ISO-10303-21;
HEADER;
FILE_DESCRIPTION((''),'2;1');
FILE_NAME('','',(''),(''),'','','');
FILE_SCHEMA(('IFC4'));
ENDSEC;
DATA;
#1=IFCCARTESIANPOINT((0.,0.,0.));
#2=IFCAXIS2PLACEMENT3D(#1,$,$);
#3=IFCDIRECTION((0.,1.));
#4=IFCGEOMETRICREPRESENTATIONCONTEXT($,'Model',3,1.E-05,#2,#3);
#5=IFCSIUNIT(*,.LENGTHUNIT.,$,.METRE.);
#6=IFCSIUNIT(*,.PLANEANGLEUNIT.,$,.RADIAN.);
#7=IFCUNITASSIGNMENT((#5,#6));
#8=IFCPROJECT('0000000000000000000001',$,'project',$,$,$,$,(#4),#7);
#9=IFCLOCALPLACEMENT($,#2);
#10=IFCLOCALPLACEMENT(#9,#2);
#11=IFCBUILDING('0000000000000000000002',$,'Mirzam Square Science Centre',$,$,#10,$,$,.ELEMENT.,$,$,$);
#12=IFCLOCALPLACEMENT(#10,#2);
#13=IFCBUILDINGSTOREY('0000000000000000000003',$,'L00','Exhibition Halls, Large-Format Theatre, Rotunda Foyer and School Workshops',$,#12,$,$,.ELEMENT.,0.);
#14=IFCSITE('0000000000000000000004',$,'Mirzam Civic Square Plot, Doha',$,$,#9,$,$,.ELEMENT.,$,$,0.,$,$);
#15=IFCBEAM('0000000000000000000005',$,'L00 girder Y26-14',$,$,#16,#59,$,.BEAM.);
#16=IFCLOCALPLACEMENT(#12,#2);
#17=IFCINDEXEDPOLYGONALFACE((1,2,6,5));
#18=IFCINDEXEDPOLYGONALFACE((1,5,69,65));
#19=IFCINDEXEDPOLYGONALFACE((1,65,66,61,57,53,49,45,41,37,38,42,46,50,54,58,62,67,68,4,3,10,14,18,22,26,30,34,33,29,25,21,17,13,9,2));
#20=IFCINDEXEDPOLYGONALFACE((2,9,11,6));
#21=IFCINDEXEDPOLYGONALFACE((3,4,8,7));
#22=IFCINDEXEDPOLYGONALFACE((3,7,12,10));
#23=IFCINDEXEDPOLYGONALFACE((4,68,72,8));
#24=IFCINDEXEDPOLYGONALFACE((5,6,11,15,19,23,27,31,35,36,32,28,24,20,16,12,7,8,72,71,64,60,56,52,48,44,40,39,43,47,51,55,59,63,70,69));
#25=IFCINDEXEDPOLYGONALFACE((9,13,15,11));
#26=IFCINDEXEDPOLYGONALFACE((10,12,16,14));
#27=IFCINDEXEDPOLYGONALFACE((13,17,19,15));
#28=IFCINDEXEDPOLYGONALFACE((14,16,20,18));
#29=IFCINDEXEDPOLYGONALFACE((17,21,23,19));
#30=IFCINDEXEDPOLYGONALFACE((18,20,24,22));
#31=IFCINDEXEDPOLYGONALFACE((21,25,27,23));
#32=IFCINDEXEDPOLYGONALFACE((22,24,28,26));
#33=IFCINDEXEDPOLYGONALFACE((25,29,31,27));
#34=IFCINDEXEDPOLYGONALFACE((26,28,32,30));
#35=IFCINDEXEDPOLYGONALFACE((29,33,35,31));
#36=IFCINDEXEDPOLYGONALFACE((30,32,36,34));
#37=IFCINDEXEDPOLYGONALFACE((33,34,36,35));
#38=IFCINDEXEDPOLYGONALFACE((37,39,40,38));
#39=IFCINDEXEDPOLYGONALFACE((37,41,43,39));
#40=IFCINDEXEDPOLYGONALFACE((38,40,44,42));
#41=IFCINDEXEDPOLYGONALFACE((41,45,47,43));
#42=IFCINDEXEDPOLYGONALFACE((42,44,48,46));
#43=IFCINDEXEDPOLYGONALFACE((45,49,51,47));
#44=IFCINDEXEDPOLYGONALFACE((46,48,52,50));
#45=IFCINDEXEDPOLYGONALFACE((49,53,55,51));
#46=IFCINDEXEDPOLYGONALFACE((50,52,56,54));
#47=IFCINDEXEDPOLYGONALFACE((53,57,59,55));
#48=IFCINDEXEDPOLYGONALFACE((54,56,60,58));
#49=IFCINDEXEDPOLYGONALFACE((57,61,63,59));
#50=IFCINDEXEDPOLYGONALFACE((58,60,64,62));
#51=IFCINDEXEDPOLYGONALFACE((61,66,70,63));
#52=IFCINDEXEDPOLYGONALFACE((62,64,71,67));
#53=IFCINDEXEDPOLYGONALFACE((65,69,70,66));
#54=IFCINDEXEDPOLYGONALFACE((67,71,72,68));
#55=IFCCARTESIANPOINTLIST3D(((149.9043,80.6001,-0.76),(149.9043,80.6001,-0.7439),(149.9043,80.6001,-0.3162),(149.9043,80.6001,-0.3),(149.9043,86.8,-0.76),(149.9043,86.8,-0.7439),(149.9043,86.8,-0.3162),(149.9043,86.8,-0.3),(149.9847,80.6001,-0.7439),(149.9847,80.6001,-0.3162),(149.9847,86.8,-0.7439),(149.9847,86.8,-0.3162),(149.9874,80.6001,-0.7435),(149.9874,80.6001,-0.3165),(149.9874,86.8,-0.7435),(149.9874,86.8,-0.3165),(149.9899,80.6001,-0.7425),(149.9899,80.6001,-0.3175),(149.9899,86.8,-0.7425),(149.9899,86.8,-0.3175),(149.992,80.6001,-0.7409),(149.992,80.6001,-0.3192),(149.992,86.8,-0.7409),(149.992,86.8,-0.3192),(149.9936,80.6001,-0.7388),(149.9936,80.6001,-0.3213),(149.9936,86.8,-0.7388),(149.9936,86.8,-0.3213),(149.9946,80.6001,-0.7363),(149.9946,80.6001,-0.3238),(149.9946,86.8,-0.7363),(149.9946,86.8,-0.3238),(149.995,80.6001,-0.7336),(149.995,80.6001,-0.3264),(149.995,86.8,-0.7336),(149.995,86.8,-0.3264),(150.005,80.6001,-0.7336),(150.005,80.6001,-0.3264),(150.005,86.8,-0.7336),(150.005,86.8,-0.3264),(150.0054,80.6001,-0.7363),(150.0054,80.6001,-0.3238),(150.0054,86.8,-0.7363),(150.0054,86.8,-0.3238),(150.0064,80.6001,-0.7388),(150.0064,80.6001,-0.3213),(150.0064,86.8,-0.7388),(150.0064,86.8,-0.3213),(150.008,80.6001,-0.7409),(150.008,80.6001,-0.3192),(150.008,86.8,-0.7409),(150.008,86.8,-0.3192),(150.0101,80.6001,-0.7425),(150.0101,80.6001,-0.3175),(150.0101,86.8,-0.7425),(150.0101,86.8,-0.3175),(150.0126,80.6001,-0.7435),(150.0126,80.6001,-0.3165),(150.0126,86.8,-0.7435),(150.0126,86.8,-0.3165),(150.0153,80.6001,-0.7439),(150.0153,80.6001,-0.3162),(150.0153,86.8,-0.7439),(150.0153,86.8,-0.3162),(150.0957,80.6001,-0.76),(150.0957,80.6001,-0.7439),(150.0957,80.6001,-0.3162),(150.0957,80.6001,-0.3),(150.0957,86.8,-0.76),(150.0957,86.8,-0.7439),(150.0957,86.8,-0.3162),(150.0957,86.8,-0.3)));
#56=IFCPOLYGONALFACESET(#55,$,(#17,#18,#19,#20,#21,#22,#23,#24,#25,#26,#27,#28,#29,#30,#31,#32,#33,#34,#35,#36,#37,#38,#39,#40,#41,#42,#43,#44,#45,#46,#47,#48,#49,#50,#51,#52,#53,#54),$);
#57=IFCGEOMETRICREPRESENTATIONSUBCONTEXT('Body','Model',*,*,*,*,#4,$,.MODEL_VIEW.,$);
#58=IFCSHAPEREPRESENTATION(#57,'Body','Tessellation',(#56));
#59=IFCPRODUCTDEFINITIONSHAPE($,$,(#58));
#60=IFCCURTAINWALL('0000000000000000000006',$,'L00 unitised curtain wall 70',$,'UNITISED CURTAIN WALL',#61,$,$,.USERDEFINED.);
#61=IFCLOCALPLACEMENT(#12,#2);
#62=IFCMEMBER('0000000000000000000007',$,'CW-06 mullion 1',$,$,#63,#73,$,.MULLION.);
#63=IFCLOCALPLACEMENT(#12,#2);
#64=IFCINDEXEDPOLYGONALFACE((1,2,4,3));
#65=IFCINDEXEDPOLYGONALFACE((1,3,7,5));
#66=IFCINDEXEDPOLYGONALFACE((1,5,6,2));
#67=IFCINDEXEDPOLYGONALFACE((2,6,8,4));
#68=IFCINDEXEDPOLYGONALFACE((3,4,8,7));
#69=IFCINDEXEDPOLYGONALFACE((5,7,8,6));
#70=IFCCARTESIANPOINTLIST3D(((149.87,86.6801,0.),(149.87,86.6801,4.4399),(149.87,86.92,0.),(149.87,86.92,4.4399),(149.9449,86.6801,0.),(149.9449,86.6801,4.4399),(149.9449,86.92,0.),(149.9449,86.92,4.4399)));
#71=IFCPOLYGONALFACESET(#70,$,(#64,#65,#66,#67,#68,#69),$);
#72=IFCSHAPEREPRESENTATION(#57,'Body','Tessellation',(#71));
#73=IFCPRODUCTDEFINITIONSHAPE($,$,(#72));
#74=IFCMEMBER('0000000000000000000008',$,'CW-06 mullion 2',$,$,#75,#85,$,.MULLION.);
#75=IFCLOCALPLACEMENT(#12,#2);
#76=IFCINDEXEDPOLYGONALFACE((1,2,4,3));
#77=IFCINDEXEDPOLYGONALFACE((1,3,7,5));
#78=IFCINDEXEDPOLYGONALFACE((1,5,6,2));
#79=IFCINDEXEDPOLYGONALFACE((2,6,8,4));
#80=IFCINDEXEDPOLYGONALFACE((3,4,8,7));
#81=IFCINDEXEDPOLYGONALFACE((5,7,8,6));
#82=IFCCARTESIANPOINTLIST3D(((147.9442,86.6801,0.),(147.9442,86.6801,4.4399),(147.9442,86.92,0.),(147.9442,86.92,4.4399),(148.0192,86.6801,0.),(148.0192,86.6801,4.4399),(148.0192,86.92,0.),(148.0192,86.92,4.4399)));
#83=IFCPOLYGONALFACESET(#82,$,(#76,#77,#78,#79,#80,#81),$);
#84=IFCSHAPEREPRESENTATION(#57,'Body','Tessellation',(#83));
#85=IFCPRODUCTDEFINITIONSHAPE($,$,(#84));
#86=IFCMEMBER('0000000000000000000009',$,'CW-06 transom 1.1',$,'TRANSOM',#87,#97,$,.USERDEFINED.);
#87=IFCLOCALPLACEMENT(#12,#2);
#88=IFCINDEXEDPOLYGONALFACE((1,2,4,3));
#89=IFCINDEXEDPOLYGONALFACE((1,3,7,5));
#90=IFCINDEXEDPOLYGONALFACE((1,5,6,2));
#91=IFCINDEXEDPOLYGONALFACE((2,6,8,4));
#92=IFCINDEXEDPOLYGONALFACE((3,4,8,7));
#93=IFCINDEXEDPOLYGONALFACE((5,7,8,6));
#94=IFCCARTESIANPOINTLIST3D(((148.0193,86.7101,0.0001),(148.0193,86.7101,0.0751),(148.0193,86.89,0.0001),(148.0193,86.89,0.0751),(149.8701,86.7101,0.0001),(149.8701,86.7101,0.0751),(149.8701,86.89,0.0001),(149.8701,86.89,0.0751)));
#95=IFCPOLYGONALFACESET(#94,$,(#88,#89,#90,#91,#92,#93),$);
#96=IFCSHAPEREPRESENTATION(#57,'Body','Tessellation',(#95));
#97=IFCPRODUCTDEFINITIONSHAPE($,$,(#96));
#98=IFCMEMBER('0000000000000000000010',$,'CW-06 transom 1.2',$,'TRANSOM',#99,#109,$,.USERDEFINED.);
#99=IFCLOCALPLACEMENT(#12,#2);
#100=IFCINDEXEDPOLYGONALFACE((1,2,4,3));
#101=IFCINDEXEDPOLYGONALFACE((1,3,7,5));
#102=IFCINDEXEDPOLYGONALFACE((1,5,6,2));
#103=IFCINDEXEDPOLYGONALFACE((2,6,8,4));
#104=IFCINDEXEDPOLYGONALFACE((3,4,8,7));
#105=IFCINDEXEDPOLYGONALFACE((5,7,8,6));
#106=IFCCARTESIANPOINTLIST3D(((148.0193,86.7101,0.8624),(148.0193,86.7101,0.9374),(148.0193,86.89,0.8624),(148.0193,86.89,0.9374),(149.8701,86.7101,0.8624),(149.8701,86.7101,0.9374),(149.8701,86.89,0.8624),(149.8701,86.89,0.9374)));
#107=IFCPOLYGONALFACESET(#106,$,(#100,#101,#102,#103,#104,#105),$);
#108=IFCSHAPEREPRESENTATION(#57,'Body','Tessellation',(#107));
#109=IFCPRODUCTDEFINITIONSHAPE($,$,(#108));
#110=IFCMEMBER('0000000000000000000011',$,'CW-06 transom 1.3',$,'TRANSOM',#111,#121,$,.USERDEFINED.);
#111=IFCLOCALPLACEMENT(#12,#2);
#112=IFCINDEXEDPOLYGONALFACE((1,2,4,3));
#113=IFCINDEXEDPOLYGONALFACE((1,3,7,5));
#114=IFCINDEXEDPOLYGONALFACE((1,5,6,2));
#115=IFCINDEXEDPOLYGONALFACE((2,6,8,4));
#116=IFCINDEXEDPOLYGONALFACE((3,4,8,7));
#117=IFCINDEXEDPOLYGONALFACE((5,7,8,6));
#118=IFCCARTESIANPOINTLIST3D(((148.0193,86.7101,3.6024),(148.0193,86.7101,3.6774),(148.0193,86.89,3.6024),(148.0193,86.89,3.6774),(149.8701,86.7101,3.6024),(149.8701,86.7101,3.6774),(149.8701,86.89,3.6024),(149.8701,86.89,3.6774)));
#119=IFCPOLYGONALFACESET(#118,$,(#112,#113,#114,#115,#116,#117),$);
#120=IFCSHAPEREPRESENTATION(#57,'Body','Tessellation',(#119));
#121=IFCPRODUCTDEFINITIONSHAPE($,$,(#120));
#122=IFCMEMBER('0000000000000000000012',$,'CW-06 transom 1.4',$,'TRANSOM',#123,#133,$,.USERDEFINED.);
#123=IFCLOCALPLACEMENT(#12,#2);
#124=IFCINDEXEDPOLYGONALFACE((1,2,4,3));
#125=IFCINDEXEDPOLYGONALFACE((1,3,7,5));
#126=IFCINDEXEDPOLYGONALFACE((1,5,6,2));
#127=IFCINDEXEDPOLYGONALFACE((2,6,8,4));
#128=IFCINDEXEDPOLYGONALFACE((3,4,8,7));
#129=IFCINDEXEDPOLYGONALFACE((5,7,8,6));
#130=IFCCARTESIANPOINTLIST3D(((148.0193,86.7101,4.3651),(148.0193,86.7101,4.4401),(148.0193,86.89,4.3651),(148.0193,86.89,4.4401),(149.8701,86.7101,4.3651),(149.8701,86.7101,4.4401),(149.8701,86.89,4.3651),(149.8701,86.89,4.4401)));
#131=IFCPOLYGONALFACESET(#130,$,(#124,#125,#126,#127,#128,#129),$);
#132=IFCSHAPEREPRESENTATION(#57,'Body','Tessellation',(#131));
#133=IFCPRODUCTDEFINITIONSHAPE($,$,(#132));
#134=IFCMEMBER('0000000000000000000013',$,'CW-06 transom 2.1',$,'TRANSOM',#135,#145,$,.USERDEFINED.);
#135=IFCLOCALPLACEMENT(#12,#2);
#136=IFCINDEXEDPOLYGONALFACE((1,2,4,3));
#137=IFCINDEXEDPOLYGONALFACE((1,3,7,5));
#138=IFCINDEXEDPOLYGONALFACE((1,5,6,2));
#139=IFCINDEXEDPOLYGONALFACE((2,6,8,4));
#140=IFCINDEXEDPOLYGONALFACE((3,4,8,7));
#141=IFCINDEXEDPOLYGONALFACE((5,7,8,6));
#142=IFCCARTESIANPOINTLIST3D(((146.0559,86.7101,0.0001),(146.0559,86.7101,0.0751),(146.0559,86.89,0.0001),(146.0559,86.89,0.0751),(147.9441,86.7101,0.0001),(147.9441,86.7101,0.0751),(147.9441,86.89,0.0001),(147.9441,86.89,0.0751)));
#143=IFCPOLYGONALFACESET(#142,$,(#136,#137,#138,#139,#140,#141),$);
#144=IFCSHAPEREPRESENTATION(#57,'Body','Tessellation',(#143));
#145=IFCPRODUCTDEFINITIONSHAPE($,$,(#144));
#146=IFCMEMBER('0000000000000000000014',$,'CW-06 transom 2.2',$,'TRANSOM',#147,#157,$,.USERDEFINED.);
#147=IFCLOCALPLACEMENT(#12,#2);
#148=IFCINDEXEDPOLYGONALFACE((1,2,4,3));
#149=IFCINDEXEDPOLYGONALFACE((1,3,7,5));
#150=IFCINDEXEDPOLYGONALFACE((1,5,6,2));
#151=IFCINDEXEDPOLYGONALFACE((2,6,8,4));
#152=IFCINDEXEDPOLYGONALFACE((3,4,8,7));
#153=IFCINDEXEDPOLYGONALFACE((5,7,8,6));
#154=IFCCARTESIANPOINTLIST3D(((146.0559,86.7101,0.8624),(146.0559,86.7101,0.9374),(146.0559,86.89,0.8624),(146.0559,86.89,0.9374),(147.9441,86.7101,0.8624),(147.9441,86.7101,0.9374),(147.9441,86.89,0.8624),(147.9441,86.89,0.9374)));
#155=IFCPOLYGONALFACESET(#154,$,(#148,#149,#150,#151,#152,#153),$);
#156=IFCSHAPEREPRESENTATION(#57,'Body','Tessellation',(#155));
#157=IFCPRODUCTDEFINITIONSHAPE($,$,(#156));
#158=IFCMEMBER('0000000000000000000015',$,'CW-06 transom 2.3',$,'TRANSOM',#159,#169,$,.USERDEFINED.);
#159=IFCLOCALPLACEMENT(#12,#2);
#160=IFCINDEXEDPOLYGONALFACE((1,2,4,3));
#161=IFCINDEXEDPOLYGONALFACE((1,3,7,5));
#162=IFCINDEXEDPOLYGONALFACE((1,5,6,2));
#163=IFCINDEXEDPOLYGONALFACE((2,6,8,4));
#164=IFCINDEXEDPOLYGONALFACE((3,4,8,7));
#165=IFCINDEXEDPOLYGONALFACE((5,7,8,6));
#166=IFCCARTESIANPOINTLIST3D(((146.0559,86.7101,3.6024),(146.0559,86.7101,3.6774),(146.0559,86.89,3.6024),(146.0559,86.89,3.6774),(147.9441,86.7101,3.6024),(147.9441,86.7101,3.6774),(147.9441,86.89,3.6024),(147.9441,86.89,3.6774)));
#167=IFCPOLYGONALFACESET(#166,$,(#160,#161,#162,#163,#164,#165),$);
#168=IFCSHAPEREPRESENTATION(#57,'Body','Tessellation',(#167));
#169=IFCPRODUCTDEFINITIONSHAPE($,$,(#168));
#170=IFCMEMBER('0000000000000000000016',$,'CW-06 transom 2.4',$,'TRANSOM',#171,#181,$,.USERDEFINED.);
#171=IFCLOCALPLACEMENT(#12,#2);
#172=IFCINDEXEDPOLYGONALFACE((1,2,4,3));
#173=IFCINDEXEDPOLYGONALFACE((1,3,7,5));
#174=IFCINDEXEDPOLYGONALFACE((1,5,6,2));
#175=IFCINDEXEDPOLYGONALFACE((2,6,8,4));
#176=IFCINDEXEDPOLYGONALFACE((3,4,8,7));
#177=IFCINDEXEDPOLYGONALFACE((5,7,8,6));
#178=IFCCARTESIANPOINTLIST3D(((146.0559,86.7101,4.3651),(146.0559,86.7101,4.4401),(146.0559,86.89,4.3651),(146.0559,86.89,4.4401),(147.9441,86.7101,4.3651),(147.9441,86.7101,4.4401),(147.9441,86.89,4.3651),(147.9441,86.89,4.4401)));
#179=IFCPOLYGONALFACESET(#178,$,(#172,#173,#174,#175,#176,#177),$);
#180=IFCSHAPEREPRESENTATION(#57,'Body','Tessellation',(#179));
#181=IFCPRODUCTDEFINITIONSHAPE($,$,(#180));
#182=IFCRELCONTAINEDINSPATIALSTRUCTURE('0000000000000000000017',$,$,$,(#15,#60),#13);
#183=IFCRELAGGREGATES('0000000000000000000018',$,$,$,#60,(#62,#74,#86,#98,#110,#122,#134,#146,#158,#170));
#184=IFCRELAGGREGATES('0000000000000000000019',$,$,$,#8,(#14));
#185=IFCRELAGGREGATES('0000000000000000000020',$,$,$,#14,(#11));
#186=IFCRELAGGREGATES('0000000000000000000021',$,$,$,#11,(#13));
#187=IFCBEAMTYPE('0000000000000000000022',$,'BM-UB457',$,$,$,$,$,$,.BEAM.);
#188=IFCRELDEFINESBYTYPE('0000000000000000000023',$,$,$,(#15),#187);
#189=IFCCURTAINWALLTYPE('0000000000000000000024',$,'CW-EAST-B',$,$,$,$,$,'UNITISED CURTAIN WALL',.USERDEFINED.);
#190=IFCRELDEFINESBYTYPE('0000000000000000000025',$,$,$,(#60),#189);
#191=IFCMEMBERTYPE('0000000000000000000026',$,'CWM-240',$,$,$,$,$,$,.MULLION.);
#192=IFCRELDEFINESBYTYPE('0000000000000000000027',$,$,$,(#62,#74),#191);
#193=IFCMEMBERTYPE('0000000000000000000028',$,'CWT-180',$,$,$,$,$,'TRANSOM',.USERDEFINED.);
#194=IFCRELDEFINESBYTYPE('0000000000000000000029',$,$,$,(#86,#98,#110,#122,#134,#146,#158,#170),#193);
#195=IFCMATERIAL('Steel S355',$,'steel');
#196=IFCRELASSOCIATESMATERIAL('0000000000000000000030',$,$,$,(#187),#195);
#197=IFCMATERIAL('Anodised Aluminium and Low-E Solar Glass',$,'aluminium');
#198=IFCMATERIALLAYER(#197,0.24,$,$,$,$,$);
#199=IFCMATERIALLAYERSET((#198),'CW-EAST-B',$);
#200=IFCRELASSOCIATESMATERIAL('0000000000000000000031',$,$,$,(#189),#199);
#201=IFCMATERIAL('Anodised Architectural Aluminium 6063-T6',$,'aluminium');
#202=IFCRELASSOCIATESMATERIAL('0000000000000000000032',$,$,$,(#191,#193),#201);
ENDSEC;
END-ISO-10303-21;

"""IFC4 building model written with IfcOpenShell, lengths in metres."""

from ifc_helpers import new_model, si_unit, direction, frame, origin, origin_2d, place, context, subcontext, project, spatial, rectangle, i_section, extrude, material, layer, layer_set, material_profile, profile_set, type_object, element, aggregate, save


model = new_model("IFC4")

# Units and contexts
model_context = context("Model", 3, precision=1e-05, world=origin(), true_north=direction((0.0, 1.0)))
body_context = subcontext(model_context, "Body", "Model", "MODEL_VIEW")
ifc_project = project(units=[si_unit("LENGTHUNIT", "METRE"), si_unit("PLANEANGLEUNIT", "RADIAN")], contexts=[model_context])

# Site, building, storey
site_placement = place(None, origin())
site = spatial("IfcSite", under=ifc_project, at=site_placement, Name="Mirzam Civic Square Plot, Doha", CompositionType="ELEMENT", RefElevation=0.0)
building_placement = place(site_placement, origin())
building = spatial("IfcBuilding", under=site, at=building_placement, Name="Mirzam Square Science Centre", CompositionType="ELEMENT")
storey_placement = place(building_placement, origin())
storey = spatial("IfcBuildingStorey", under=building, at=storey_placement, Name="L00", Description="Exhibition Halls, Large-Format Theatre, Rotunda Foyer and School Workshops", CompositionType="ELEMENT", Elevation=0.0)

# Shared definitions
ifc_material_1 = material(Name="Steel S355", Category="steel")

# Beam
ifc_material_profile_1 = material_profile(ifc_material_1, i_section(OverallWidth=0.1914, OverallDepth=0.46, WebThickness=0.01, FlangeThickness=0.0161, FilletRadius=0.0103, at=origin_2d()), Name="457x191x82UB")
ifc_profile_set_1 = profile_set([ifc_material_profile_1], Name="Steel S355")
beam_type_1 = type_object("IfcBeamType", Name="BM-UB457", PredefinedType="BEAM", material=ifc_profile_set_1)
beam_1_placement = place(storey_placement, frame((150.0, 80.6001, -0.53), z_axis=(0.0, 1.0, 0.0), x_axis=(-1.0, 0.0, 0.0)))
element("IfcBeam", 1, at=beam_1_placement, inside=storey, type_object=beam_type_1, Name="L00 girder Y26-14", PredefinedType="BEAM", context=body_context, shape_type="SweptSolid", body=[
    extrude(i_section(OverallWidth=0.1914, OverallDepth=0.46, WebThickness=0.01, FlangeThickness=0.0161, FilletRadius=0.0103, at=origin_2d()), origin(), (0.0, 0.0, 1.0), 6.2),
])

# Curtain wall, members
ifc_material_2 = material(Name="Anodised Aluminium and Low-E Solar Glass", Category="aluminium")
ifc_layer_1 = layer(ifc_material_2, 0.24)
ifc_layer_set_1 = layer_set([ifc_layer_1], Name="CW-EAST-B")
curtain_wall_type = type_object("IfcCurtainWallType", Name="CW-EAST-B", ElementType="UNITISED CURTAIN WALL", PredefinedType="USERDEFINED", material=ifc_layer_set_1)
curtain_wall_placement = place(storey_placement, origin())
curtain_wall = element("IfcCurtainWall", 2, at=curtain_wall_placement, inside=storey, type_object=curtain_wall_type, Name="L00 unitised curtain wall 70", ObjectType="UNITISED CURTAIN WALL", PredefinedType="USERDEFINED")
ifc_material_3 = material(Name="Anodised Architectural Aluminium 6063-T6", Category="aluminium")
ifc_material_profile_2 = material_profile(ifc_material_3, rectangle(XDim=0.075, YDim=0.24, at=origin_2d()), Name="ALU-MULL-240x75x5")
ifc_profile_set_2 = profile_set([ifc_material_profile_2], Name="Anodised Architectural Aluminium 6063-T6")
member_type_1 = type_object("IfcMemberType", Name="CWM-240", PredefinedType="MULLION", material=ifc_profile_set_2)
member_1_placement = place(storey_placement, frame((149.9075, 86.8, 0.0), z_axis=(0.0, 0.0, 1.0), x_axis=(-1.0, 0.0, 0.0)))
member_1 = element("IfcMember", 3, at=member_1_placement, type_object=member_type_1, Name="CW-06 mullion 1", PredefinedType="MULLION", context=body_context, shape_type="SweptSolid", body=[
    extrude(rectangle(XDim=0.075, YDim=0.24, at=origin_2d()), origin(), (0.0, 0.0, 1.0), 4.4399),
])
member_2_placement = place(storey_placement, frame((147.9817, 86.8, 0.0), z_axis=(0.0, 0.0, 1.0), x_axis=(-1.0, 0.0, 0.0)))
member_2 = element("IfcMember", 4, at=member_2_placement, type_object=member_type_1, Name="CW-06 mullion 2", PredefinedType="MULLION", context=body_context, shape_type="SweptSolid", body=[
    extrude(rectangle(XDim=0.075, YDim=0.24, at=origin_2d()), origin(), (0.0, 0.0, 1.0), 4.4399),
])
ifc_material_profile_3 = material_profile(ifc_material_3, rectangle(XDim=0.1799, YDim=0.075, at=origin_2d()), Name="ALU-TRAN-180x75x5")
ifc_profile_set_3 = profile_set([ifc_material_profile_3], Name="Anodised Architectural Aluminium 6063-T6")
member_type_2 = type_object("IfcMemberType", Name="CWT-180", ElementType="TRANSOM", PredefinedType="USERDEFINED", material=ifc_profile_set_3)
member_3_placement = place(storey_placement, frame((149.8701, 86.8, 0.0376), z_axis=(-1.0, 0.0, 0.0), x_axis=(0.0, -1.0, 0.0)))
member_3 = element("IfcMember", 5, at=member_3_placement, type_object=member_type_2, Name="CW-06 transom 1.1", ObjectType="TRANSOM", PredefinedType="USERDEFINED", context=body_context, shape_type="SweptSolid", body=[
    extrude(rectangle(XDim=0.1799, YDim=0.075, at=origin_2d()), origin(), (0.0, 0.0, 1.0), 1.8508),
])
member_4_placement = place(storey_placement, frame((149.8701, 86.8, 0.8999), z_axis=(-1.0, 0.0, 0.0), x_axis=(0.0, -1.0, 0.0)))
member_4 = element("IfcMember", 6, at=member_4_placement, type_object=member_type_2, Name="CW-06 transom 1.2", ObjectType="TRANSOM", PredefinedType="USERDEFINED", context=body_context, shape_type="SweptSolid", body=[
    extrude(rectangle(XDim=0.1799, YDim=0.075, at=origin_2d()), origin(), (0.0, 0.0, 1.0), 1.8508),
])
member_5_placement = place(storey_placement, frame((149.8701, 86.8, 3.6399), z_axis=(-1.0, 0.0, 0.0), x_axis=(0.0, -1.0, 0.0)))
member_5 = element("IfcMember", 7, at=member_5_placement, type_object=member_type_2, Name="CW-06 transom 1.3", ObjectType="TRANSOM", PredefinedType="USERDEFINED", context=body_context, shape_type="SweptSolid", body=[
    extrude(rectangle(XDim=0.1799, YDim=0.075, at=origin_2d()), origin(), (0.0, 0.0, 1.0), 1.8508),
])
member_6_placement = place(storey_placement, frame((149.8701, 86.8, 4.4026), z_axis=(-1.0, 0.0, 0.0), x_axis=(0.0, -1.0, 0.0)))
member_6 = element("IfcMember", 8, at=member_6_placement, type_object=member_type_2, Name="CW-06 transom 1.4", ObjectType="TRANSOM", PredefinedType="USERDEFINED", context=body_context, shape_type="SweptSolid", body=[
    extrude(rectangle(XDim=0.1799, YDim=0.075, at=origin_2d()), origin(), (0.0, 0.0, 1.0), 1.8508),
])
member_7_placement = place(storey_placement, frame((147.9441, 86.8, 0.0376), z_axis=(-1.0, 0.0, 0.0), x_axis=(0.0, -1.0, 0.0)))
member_7 = element("IfcMember", 9, at=member_7_placement, type_object=member_type_2, Name="CW-06 transom 2.1", ObjectType="TRANSOM", PredefinedType="USERDEFINED", context=body_context, shape_type="SweptSolid", body=[
    extrude(rectangle(XDim=0.1799, YDim=0.075, at=origin_2d()), origin(), (0.0, 0.0, 1.0), 1.8882),
])
member_8_placement = place(storey_placement, frame((147.9441, 86.8, 0.8999), z_axis=(-1.0, 0.0, 0.0), x_axis=(0.0, -1.0, 0.0)))
member_8 = element("IfcMember", 10, at=member_8_placement, type_object=member_type_2, Name="CW-06 transom 2.2", ObjectType="TRANSOM", PredefinedType="USERDEFINED", context=body_context, shape_type="SweptSolid", body=[
    extrude(rectangle(XDim=0.1799, YDim=0.075, at=origin_2d()), origin(), (0.0, 0.0, 1.0), 1.8882),
])
member_9_placement = place(storey_placement, frame((147.9441, 86.8, 3.6399), z_axis=(-1.0, 0.0, 0.0), x_axis=(0.0, -1.0, 0.0)))
member_9 = element("IfcMember", 11, at=member_9_placement, type_object=member_type_2, Name="CW-06 transom 2.3", ObjectType="TRANSOM", PredefinedType="USERDEFINED", context=body_context, shape_type="SweptSolid", body=[
    extrude(rectangle(XDim=0.1799, YDim=0.075, at=origin_2d()), origin(), (0.0, 0.0, 1.0), 1.8882),
])
member_10_placement = place(storey_placement, frame((147.9441, 86.8, 4.4026), z_axis=(-1.0, 0.0, 0.0), x_axis=(0.0, -1.0, 0.0)))
member_10 = element("IfcMember", 12, at=member_10_placement, type_object=member_type_2, Name="CW-06 transom 2.4", ObjectType="TRANSOM", PredefinedType="USERDEFINED", context=body_context, shape_type="SweptSolid", body=[
    extrude(rectangle(XDim=0.1799, YDim=0.075, at=origin_2d()), origin(), (0.0, 0.0, 1.0), 1.8882),
])

aggregate(curtain_wall, [member_1, member_2, member_3, member_4, member_5, member_6, member_7, member_8, member_9, member_10])

save(model, "model.ifc")
